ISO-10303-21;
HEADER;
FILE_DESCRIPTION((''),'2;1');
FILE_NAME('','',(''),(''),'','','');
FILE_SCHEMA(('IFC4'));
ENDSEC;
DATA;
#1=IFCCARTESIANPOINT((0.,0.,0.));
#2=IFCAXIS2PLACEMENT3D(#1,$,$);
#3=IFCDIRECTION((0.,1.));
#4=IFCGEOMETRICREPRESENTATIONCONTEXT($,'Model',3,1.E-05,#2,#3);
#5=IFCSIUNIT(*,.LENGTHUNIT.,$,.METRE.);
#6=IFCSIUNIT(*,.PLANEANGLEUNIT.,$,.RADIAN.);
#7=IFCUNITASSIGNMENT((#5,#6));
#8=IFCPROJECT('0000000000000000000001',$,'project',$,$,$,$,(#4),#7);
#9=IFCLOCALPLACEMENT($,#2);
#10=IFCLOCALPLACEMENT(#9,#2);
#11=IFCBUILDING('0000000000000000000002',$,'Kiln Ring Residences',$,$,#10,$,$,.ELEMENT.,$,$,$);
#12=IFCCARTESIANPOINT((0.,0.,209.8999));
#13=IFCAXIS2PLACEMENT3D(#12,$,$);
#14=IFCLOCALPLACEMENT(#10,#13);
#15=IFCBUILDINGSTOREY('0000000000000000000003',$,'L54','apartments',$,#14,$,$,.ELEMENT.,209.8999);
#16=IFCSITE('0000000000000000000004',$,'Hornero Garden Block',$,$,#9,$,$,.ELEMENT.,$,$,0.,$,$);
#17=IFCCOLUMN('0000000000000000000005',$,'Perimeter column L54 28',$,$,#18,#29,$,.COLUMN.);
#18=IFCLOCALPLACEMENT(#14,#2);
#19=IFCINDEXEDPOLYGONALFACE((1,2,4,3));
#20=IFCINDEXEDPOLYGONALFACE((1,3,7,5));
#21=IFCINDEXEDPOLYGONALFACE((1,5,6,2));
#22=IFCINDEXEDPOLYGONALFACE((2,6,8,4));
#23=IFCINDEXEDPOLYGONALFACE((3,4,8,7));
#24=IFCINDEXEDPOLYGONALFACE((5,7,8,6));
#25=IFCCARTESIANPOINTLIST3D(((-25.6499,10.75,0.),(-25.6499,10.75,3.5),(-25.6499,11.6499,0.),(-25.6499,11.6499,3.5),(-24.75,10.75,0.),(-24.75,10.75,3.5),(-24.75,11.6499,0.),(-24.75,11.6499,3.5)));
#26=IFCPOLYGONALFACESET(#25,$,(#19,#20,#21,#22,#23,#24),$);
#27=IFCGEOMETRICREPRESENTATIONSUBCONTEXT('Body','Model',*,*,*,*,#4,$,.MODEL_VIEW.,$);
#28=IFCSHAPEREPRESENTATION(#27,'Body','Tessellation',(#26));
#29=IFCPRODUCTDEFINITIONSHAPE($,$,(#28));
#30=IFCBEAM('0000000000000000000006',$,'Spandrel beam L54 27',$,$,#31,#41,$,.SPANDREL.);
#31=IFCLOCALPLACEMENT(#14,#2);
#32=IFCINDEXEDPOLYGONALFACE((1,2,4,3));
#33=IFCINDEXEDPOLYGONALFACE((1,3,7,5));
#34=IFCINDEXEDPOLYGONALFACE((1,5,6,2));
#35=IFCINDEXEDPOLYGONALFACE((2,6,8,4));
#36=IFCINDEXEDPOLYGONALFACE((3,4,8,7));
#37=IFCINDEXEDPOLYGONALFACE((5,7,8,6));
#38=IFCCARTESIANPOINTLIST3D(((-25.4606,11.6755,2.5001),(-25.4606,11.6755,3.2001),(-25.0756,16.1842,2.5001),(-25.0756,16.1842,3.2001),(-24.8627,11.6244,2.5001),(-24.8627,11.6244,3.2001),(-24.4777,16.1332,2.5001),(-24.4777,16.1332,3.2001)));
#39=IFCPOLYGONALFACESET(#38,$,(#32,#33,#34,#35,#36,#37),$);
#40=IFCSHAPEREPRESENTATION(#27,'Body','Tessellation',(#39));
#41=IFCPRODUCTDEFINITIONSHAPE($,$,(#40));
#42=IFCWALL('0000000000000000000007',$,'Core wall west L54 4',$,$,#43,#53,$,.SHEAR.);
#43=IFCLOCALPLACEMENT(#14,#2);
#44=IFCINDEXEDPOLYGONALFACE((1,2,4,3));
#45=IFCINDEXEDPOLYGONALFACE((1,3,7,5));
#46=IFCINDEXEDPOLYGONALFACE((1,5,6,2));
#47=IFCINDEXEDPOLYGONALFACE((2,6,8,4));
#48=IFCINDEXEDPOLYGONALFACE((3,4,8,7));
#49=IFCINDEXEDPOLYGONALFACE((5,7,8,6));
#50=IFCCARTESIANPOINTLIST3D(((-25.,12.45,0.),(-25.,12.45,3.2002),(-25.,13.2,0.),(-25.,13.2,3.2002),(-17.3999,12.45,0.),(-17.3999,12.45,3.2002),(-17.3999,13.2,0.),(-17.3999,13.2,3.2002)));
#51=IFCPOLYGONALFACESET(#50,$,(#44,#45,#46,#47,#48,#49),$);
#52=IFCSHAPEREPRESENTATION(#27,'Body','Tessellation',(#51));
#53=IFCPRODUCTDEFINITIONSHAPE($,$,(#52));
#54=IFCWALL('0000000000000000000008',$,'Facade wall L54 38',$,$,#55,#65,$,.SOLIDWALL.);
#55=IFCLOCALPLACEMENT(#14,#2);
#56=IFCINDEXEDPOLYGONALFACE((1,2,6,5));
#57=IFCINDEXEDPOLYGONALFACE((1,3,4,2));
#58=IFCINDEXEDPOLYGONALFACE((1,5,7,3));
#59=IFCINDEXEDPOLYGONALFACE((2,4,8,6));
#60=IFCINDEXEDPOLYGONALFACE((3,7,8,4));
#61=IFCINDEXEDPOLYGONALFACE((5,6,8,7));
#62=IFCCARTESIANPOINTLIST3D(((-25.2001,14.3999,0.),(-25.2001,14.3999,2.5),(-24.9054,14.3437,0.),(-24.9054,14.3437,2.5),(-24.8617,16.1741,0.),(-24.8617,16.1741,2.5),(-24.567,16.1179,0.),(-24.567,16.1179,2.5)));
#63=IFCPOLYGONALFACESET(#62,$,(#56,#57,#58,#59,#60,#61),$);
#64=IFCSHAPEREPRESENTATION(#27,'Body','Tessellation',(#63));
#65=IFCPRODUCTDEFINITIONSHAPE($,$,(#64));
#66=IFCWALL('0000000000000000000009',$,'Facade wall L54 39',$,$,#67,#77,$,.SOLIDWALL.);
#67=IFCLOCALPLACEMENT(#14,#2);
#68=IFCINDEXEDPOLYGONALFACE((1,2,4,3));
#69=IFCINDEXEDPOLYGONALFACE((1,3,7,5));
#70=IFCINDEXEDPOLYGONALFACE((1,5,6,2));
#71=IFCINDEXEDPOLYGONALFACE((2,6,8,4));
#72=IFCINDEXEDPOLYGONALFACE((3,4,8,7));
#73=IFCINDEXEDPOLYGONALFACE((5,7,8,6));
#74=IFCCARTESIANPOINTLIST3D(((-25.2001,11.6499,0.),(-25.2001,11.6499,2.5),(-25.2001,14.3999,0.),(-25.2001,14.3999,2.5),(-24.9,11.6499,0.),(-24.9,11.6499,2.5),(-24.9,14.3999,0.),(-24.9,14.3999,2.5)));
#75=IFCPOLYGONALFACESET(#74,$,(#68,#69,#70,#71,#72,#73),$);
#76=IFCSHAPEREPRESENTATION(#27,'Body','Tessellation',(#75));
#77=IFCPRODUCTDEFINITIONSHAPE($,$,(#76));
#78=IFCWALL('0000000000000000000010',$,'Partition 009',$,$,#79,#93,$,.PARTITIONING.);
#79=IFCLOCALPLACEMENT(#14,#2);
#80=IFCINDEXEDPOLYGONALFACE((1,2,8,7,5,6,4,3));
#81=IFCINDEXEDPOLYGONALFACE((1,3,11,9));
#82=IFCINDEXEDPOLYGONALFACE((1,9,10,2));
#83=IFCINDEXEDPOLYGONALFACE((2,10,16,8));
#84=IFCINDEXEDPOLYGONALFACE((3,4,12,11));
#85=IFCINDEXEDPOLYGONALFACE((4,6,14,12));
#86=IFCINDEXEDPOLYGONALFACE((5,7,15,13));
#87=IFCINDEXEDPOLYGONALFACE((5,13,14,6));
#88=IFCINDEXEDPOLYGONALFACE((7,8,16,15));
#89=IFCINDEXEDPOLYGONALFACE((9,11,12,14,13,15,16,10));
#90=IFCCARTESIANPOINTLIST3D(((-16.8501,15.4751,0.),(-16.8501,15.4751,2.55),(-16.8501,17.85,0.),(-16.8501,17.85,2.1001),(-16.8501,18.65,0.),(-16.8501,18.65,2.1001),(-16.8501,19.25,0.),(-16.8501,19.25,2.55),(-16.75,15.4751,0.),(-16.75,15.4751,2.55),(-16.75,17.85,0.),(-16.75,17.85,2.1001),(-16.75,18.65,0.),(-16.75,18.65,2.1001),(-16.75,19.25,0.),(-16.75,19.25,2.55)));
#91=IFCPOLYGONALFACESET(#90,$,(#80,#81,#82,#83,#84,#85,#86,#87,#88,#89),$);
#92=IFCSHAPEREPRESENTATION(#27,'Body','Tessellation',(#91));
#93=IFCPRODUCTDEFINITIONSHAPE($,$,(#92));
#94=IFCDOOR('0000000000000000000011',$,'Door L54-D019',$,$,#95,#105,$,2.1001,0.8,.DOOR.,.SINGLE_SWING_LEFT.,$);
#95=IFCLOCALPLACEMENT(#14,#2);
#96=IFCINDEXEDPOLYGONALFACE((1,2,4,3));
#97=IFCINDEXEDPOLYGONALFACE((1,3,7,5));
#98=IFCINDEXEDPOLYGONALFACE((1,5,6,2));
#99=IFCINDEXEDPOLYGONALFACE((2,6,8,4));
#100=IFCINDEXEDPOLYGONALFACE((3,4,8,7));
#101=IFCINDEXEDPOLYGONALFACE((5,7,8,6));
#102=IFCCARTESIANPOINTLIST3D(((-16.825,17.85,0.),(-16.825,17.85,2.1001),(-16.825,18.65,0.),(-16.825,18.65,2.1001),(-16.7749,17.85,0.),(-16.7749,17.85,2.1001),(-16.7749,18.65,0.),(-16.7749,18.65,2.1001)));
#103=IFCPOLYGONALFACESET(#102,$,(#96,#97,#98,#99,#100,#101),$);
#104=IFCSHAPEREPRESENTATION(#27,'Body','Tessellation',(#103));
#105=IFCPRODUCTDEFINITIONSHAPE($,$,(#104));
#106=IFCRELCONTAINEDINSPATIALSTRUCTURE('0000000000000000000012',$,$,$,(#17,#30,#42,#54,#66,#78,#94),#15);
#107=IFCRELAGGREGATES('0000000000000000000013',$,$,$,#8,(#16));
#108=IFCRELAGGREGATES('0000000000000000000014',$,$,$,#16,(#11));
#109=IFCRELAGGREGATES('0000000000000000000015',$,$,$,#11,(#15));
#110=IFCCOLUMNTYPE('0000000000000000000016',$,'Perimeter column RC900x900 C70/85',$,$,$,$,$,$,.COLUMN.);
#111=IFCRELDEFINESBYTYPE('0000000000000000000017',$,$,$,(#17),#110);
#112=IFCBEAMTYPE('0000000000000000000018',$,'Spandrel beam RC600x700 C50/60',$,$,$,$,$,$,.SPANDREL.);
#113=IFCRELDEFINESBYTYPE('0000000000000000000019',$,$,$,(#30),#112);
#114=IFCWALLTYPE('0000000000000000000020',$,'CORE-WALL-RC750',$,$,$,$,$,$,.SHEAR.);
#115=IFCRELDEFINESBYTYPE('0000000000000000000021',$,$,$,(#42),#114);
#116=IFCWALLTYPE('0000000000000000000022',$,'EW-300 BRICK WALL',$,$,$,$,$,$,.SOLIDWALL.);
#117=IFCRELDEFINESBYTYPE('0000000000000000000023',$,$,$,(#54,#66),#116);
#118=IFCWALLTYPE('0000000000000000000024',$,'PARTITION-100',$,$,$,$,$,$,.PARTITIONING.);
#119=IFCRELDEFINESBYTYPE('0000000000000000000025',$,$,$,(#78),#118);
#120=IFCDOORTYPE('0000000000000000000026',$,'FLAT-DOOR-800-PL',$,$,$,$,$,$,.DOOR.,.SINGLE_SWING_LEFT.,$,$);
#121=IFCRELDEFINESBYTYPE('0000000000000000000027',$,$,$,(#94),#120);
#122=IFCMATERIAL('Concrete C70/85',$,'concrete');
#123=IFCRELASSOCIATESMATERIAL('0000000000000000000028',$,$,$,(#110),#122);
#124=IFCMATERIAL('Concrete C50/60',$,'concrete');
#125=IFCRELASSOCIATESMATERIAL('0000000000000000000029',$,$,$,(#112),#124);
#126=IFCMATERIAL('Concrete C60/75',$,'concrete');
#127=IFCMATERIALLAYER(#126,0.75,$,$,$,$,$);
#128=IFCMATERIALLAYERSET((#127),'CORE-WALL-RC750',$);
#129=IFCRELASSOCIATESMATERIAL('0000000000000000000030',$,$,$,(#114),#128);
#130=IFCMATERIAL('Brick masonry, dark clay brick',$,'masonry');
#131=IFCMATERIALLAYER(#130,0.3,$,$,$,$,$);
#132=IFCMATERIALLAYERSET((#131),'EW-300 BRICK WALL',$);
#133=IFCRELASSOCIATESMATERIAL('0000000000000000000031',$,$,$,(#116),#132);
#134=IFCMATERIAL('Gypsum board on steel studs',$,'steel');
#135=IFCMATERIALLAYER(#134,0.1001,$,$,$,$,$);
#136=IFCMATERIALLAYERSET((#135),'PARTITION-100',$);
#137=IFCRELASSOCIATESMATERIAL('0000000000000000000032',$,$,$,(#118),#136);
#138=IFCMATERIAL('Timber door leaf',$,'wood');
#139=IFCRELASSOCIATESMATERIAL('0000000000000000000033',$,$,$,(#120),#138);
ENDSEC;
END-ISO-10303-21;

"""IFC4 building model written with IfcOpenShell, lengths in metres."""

from ifc_helpers import new_model, si_unit, direction, frame, frame_2d, origin, origin_2d, place, context, subcontext, project, spatial, rectangle, extrude, material, layer, layer_set, material_profile, profile_set, type_object, element, fill, save


model = new_model("IFC4")

# Units and contexts
model_context = context("Model", 3, precision=1e-05, world=origin(), true_north=direction((0.0, 1.0)))
body_context = subcontext(model_context, "Body", "Model", "MODEL_VIEW")
ifc_project = project(units=[si_unit("LENGTHUNIT", "METRE"), si_unit("PLANEANGLEUNIT", "RADIAN")], contexts=[model_context])

# Site, building, storey
site_placement = place(None, origin())
site = spatial("IfcSite", under=ifc_project, at=site_placement, Name="Hornero Garden Block", CompositionType="ELEMENT", RefElevation=0.0)
building_placement = place(site_placement, origin())
building = spatial("IfcBuilding", under=site, at=building_placement, Name="Kiln Ring Residences", CompositionType="ELEMENT")
storey_placement = place(building_placement, frame((0.0, 0.0, 209.8999)))
storey = spatial("IfcBuildingStorey", under=building, at=storey_placement, Name="L54", Description="apartments", CompositionType="ELEMENT", Elevation=209.8999)

# Column
ifc_material_1 = material(Name="Concrete C70/85", Category="concrete")
ifc_material_profile_1 = material_profile(ifc_material_1, rectangle(XDim=0.8999, YDim=0.8999, at=origin_2d()), Name="RC900x900")
ifc_profile_set_1 = profile_set([ifc_material_profile_1], Name="Concrete C70/85")
column_type = type_object("IfcColumnType", Name="Perimeter column RC900x900 C70/85", PredefinedType="COLUMN", material=ifc_profile_set_1)
column_placement = place(storey_placement, frame((-25.2, 11.2, 0.0), z_axis=(0.0, 0.0, 1.0), x_axis=(1.0, 0.0, 0.0)))
element("IfcColumn", 1, at=column_placement, inside=storey, type_object=column_type, Name="Perimeter column L54 28", PredefinedType="COLUMN", context=body_context, shape_type="SweptSolid", body=[
    extrude(rectangle(XDim=0.8999, YDim=0.8999, at=origin_2d()), origin(), (0.0, 0.0, 1.0), 3.5),
])

# Beam
ifc_material_2 = material(Name="Concrete C50/60", Category="concrete")
ifc_material_profile_2 = material_profile(ifc_material_2, rectangle(XDim=0.6001, YDim=0.7, at=origin_2d()), Name="RC600x700")
ifc_profile_set_2 = profile_set([ifc_material_profile_2], Name="Concrete C50/60")
beam_type = type_object("IfcBeamType", Name="Spandrel beam RC600x700 C50/60", PredefinedType="SPANDREL", material=ifc_profile_set_2)
beam_placement = place(storey_placement, frame((-24.7766, 16.1587, 2.8501), z_axis=(-0.085081, -0.996374, 0.0), x_axis=(0.996374, -0.085081, 0.0)))
element("IfcBeam", 2, at=beam_placement, inside=storey, type_object=beam_type, Name="Spandrel beam L54 27", PredefinedType="SPANDREL", context=body_context, shape_type="SweptSolid", body=[
    extrude(rectangle(XDim=0.6001, YDim=0.7, at=origin_2d()), origin(), (0.0, 0.0, 1.0), 4.5251),
])

# Walls
ifc_material_3 = material(Name="Concrete C60/75", Category="concrete")
ifc_layer_1 = layer(ifc_material_3, 0.75)
ifc_layer_set_1 = layer_set([ifc_layer_1], Name="CORE-WALL-RC750")
wall_type_1 = type_object("IfcWallType", Name="CORE-WALL-RC750", PredefinedType="SHEAR", material=ifc_layer_set_1)
wall_1_placement = place(storey_placement, frame((-17.3999, 12.825, 0.0), z_axis=(0.0, 0.0, 1.0), x_axis=(-1.0, 0.0, 0.0)))
element("IfcWall", 3, at=wall_1_placement, inside=storey, type_object=wall_type_1, Name="Core wall west L54 4", PredefinedType="SHEAR", context=body_context, shape_type="SweptSolid", body=[
    extrude(rectangle(XDim=7.6001, YDim=0.75, at=frame_2d((3.8, 0.0))), origin(), (0.0, 0.0, 1.0), 3.2002),
])
ifc_material_4 = material(Name="Brick masonry, dark clay brick", Category="masonry")
ifc_layer_2 = layer(ifc_material_4, 0.3)
ifc_layer_set_2 = layer_set([ifc_layer_2], Name="EW-300 BRICK WALL")
wall_type_2 = type_object("IfcWallType", Name="EW-300 BRICK WALL", PredefinedType="SOLIDWALL", material=ifc_layer_set_2)
wall_2_placement = place(storey_placement, frame((-24.7144, 16.146, 0.0), z_axis=(0.0, 0.0, 1.0), x_axis=(-0.187348, -0.982294, 0.0)))
element("IfcWall", 4, at=wall_2_placement, inside=storey, type_object=wall_type_2, Name="Facade wall L54 38", PredefinedType="SOLIDWALL", context=body_context, shape_type="SweptSolid", body=[
    extrude(rectangle(XDim=1.8062, YDim=0.3, at=frame_2d((0.9031, 0.0))), origin(), (0.0, 0.0, 1.0), 2.5),
])
wall_3_placement = place(storey_placement, frame((-25.05, 14.3999, 0.0), z_axis=(0.0, 0.0, 1.0), x_axis=(0.0, -1.0, 0.0)))
element("IfcWall", 5, at=wall_3_placement, inside=storey, type_object=wall_type_2, Name="Facade wall L54 39", PredefinedType="SOLIDWALL", context=body_context, shape_type="SweptSolid", body=[
    extrude(rectangle(XDim=2.75, YDim=0.3, at=frame_2d((1.375, 0.0))), origin(), (0.0, 0.0, 1.0), 2.5),
])

# Wall, opening, door
ifc_material_5 = material(Name="Gypsum board on steel studs", Category="steel")
ifc_layer_3 = layer(ifc_material_5, 0.1001)
ifc_layer_set_3 = layer_set([ifc_layer_3], Name="PARTITION-100")
wall_type_3 = type_object("IfcWallType", Name="PARTITION-100", PredefinedType="PARTITIONING", material=ifc_layer_set_3)
wall_4_placement = place(storey_placement, frame((-16.8, 15.4751, 0.0), z_axis=(0.0, 0.0, 1.0), x_axis=(0.0, 1.0, 0.0)))
wall_4 = element("IfcWall", 6, at=wall_4_placement, inside=storey, type_object=wall_type_3, Name="Partition 009", PredefinedType="PARTITIONING", context=body_context, shape_type="SweptSolid", body=[
    extrude(rectangle(XDim=3.7749, YDim=0.1001, at=frame_2d((1.8875, 0.0))), origin(), (0.0, 0.0, 1.0), 2.55),
])
opening_1_placement = place(wall_4_placement, frame((2.375, 0.0, 0.0)))
opening_1 = element("IfcOpeningElement", 7, at=opening_1_placement, cuts=wall_4, PredefinedType="OPENING", context=body_context, shape_type="SweptSolid", body=[
    extrude(rectangle(XDim=0.8, YDim=2.1001, at=frame_2d((0.3999, 1.05))), frame((0.0, 0.0601, 0.0), z_axis=(0.0, -1.0, 0.0), x_axis=(1.0, 0.0, 0.0)), (0.0, 0.0, 1.0), 0.1201),
])
ifc_material_6 = material(Name="Timber door leaf", Category="wood")
door_type_1 = type_object("IfcDoorType", Name="FLAT-DOOR-800-PL", OperationType="SINGLE_SWING_LEFT", PredefinedType="DOOR", material=ifc_material_6)
door_1_placement = place(opening_1_placement, origin())
door_1 = element("IfcDoor", 8, at=door_1_placement, inside=storey, type_object=door_type_1, Name="Door L54-D019", OperationType="SINGLE_SWING_LEFT", OverallHeight=2.1001, OverallWidth=0.8, PredefinedType="DOOR", context=body_context, shape_type="SweptSolid", body=[
    extrude(rectangle(XDim=0.8, YDim=2.1001, at=frame_2d((0.3999, 1.05))), frame((0.0, 0.0249, 0.0), z_axis=(0.0, -1.0, 0.0), x_axis=(1.0, 0.0, 0.0)), (0.0, 0.0, 1.0), 0.05),
])
fill(opening_1, door_1)

save(model, "model.ifc")
